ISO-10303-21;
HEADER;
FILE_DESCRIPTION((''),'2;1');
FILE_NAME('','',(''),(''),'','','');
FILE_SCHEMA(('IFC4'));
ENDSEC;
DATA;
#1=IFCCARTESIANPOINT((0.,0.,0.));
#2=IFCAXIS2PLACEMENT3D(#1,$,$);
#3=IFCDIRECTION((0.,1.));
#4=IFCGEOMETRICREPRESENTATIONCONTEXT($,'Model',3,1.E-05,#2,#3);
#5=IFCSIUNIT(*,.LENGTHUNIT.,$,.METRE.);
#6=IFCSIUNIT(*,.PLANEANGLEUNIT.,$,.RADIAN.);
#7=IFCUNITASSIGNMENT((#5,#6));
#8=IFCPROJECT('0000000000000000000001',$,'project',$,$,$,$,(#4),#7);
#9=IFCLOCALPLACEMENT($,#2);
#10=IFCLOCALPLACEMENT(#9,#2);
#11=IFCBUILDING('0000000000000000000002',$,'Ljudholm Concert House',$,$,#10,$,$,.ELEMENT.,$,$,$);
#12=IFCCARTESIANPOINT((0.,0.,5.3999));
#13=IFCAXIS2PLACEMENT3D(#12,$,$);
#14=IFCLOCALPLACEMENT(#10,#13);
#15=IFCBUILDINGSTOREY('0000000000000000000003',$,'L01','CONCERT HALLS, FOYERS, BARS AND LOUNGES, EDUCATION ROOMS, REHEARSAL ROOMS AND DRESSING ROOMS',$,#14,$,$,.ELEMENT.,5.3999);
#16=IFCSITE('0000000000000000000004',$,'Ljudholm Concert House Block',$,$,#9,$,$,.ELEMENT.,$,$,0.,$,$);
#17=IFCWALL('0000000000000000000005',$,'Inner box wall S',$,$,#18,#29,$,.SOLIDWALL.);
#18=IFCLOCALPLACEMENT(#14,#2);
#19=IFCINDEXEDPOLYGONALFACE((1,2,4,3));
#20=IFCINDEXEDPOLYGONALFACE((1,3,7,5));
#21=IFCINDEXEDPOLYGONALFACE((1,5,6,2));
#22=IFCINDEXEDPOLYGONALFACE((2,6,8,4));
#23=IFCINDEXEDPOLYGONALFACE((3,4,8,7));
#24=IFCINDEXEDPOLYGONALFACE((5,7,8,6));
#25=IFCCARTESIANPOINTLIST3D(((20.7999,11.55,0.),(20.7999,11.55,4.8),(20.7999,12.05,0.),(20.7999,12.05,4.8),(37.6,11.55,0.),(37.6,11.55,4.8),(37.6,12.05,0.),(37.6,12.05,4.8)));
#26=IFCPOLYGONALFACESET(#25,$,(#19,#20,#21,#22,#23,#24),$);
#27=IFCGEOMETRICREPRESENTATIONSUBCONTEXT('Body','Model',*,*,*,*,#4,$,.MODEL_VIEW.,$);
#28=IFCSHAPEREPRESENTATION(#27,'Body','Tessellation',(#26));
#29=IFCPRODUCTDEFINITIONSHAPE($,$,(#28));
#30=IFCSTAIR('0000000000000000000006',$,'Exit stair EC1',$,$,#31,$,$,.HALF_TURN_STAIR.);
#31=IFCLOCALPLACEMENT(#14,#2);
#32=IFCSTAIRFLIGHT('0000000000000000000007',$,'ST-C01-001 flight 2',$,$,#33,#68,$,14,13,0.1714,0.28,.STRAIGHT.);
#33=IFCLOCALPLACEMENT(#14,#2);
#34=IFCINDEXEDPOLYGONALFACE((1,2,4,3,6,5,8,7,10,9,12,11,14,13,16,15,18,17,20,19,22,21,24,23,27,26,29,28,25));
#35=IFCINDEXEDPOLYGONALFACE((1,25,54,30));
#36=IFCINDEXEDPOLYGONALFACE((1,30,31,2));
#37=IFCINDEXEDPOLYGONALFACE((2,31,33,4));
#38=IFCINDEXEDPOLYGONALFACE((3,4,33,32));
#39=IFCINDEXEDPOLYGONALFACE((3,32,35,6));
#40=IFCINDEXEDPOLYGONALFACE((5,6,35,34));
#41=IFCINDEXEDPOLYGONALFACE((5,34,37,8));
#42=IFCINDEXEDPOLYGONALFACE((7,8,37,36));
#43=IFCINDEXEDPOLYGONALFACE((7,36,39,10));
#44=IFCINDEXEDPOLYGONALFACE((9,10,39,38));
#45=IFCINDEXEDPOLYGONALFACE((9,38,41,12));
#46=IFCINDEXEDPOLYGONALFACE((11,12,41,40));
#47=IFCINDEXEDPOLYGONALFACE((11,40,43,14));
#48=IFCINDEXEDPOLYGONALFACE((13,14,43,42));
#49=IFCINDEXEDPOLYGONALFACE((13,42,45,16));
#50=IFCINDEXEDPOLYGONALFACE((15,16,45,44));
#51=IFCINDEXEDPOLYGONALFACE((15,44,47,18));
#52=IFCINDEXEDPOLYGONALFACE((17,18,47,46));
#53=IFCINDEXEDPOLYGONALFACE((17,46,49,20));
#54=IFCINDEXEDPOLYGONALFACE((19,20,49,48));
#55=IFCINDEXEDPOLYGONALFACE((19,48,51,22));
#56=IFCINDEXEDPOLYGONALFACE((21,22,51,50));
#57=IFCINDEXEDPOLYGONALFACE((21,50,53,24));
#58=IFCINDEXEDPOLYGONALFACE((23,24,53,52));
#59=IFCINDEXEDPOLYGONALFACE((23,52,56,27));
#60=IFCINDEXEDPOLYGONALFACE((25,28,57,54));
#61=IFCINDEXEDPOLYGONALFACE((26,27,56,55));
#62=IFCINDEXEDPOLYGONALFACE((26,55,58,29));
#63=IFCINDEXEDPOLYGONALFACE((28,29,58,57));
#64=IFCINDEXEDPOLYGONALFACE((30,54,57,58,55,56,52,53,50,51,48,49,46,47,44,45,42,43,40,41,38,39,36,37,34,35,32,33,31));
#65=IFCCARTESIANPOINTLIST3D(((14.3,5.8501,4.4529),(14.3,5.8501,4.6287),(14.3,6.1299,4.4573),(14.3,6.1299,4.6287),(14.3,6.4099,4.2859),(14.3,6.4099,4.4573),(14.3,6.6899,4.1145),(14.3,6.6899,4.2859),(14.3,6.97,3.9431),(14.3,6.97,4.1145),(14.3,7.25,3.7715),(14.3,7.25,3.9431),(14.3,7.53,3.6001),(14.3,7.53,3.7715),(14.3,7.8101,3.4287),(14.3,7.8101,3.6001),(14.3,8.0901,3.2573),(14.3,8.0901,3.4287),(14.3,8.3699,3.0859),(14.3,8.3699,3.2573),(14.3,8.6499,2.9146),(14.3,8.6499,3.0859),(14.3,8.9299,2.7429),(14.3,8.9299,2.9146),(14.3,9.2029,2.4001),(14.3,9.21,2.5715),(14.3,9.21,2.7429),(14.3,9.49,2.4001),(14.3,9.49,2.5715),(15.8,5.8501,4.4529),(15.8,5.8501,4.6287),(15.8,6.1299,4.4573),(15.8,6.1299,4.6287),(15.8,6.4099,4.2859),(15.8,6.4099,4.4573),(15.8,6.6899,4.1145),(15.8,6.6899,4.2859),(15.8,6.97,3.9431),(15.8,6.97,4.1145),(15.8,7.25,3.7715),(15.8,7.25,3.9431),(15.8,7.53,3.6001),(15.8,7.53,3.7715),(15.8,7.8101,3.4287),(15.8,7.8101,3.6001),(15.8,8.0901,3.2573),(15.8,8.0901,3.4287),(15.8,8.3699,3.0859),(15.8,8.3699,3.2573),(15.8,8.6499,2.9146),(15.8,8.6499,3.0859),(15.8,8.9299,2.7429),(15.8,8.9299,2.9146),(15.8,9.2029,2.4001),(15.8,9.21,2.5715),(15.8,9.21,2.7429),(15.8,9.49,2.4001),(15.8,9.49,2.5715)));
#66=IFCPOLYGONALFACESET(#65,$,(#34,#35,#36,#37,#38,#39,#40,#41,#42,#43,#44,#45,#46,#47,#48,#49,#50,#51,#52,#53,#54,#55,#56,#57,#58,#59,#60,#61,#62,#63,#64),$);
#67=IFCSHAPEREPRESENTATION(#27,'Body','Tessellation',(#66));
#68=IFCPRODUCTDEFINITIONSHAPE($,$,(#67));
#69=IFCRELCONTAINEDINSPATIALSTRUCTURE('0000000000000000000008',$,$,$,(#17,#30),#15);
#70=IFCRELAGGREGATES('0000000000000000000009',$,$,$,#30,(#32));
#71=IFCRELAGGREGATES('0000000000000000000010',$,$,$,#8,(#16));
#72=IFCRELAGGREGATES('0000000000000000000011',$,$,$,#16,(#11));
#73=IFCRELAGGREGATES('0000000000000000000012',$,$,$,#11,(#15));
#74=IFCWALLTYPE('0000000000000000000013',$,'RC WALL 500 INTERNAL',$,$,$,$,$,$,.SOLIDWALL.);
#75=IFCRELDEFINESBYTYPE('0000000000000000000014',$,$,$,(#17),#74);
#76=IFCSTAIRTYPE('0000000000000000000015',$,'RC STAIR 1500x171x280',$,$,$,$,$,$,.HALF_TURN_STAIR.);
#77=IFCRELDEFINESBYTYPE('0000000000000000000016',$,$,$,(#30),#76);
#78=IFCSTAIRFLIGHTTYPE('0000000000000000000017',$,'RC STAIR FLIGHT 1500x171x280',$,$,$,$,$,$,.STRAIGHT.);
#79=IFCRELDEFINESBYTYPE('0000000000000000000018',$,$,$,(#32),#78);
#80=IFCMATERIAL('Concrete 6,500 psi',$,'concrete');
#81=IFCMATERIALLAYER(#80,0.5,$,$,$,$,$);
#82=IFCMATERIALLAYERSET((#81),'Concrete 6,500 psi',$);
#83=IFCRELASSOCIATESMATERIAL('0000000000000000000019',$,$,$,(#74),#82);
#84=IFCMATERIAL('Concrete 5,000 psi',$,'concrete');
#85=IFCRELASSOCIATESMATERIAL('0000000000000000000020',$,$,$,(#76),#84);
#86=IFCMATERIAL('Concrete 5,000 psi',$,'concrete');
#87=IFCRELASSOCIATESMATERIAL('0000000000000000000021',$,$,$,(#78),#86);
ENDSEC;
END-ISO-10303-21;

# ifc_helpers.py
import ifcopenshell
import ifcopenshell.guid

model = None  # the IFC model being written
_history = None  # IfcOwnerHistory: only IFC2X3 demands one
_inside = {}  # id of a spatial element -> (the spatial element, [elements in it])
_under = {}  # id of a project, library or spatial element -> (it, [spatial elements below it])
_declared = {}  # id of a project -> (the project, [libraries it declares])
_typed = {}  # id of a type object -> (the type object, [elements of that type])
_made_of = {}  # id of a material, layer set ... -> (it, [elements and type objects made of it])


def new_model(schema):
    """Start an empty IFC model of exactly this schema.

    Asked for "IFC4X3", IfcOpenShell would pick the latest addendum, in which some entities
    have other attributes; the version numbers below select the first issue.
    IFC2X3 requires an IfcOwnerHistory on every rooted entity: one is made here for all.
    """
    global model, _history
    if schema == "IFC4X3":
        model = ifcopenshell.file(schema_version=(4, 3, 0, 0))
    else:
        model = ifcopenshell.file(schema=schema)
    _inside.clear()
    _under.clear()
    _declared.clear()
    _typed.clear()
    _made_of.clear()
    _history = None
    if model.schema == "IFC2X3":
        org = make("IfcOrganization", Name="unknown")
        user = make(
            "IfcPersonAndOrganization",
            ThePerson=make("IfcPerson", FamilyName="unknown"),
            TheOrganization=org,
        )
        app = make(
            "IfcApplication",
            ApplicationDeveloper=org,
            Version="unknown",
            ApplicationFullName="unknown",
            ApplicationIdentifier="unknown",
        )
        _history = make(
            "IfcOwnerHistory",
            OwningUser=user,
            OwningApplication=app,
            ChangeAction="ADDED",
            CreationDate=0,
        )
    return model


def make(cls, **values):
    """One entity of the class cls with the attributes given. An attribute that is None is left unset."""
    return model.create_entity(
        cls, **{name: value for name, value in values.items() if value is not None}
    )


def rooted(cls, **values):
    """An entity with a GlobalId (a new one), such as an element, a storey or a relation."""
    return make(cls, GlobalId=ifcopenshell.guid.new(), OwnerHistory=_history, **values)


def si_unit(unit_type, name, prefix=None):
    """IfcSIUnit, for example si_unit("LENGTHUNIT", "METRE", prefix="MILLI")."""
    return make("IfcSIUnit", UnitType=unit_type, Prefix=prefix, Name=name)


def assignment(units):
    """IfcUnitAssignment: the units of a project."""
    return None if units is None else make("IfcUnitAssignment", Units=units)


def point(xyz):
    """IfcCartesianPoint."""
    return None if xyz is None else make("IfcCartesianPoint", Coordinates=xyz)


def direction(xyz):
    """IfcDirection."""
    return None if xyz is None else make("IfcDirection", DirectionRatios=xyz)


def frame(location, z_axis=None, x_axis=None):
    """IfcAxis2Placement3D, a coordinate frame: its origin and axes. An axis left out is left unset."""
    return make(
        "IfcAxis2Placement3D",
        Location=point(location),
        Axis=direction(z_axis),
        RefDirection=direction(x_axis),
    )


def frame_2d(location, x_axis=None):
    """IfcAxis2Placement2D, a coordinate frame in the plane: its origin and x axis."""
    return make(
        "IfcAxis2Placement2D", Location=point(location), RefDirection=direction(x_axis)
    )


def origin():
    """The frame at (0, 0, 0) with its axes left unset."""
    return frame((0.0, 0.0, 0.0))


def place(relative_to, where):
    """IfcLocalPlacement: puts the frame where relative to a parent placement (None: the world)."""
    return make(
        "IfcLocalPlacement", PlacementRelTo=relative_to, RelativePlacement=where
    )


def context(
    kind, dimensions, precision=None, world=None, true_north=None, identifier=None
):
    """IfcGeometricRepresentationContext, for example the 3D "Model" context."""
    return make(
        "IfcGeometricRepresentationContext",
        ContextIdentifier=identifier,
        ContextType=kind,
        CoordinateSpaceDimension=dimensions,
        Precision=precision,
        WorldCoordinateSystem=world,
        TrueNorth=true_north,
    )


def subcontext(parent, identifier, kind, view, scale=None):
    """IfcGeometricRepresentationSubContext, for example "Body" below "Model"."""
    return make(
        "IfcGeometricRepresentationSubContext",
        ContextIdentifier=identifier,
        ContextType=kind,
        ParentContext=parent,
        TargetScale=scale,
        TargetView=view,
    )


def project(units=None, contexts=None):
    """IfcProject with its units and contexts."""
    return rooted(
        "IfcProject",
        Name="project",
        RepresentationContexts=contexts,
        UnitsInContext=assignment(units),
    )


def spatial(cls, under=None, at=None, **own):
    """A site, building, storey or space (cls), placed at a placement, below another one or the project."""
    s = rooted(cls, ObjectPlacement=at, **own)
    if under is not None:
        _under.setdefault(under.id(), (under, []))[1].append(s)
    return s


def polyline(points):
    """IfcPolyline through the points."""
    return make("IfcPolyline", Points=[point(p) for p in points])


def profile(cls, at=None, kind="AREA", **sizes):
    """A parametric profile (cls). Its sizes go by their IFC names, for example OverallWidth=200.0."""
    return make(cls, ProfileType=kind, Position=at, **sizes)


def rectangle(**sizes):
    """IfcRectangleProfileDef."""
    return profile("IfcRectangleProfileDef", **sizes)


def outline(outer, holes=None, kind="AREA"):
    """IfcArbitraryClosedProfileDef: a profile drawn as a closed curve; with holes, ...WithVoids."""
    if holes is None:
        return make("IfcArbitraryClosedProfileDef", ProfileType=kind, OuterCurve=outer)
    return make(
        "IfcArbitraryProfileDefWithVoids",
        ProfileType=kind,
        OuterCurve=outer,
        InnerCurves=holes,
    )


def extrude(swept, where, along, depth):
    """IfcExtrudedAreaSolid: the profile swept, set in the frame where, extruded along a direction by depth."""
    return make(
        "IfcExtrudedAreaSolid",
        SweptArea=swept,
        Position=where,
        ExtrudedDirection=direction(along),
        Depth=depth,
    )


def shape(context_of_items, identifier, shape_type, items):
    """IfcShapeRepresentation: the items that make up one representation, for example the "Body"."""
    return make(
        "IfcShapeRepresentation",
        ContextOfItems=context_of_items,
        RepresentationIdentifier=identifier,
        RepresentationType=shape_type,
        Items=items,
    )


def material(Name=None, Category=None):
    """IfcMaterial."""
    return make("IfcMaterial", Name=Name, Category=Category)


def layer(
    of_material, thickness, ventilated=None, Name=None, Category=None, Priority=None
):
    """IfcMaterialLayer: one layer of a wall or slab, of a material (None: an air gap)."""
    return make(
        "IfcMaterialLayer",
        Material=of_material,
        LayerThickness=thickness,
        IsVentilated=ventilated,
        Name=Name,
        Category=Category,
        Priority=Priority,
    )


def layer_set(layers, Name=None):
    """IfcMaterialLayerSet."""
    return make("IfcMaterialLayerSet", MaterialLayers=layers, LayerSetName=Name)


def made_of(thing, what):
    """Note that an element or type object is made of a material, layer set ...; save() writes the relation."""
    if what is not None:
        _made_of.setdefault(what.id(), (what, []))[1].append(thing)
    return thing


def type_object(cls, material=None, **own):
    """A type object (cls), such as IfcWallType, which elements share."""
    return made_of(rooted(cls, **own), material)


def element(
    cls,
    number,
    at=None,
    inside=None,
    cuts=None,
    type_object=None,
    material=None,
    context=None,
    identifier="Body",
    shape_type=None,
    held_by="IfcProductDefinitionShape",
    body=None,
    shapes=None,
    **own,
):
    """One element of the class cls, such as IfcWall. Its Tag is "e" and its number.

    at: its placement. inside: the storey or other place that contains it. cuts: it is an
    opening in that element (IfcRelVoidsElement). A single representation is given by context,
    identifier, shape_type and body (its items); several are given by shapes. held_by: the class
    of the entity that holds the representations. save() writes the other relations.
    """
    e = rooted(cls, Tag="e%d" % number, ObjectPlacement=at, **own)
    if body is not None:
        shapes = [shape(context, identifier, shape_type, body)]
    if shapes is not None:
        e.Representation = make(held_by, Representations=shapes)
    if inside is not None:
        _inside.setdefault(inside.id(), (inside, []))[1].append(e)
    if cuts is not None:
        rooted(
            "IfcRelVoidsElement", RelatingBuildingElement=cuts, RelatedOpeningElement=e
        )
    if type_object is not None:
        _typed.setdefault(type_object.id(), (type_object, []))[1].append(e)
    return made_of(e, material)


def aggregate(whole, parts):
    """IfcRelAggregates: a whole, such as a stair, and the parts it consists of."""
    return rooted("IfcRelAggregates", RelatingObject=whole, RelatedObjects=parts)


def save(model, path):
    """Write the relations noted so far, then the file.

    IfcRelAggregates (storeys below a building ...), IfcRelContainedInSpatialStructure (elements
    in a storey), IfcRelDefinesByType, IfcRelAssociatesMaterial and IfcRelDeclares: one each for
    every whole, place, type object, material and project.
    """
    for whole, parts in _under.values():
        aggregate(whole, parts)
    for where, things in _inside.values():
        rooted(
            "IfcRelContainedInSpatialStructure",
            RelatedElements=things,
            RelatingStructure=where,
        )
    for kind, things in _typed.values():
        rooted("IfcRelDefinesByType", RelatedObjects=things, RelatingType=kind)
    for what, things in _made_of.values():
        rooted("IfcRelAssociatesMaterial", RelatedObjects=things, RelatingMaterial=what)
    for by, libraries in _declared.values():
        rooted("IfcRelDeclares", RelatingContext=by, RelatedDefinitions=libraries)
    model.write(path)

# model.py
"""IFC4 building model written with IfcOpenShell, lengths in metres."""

from ifc_helpers import new_model, si_unit, direction, frame, frame_2d, origin, place, context, subcontext, project, spatial, polyline, rectangle, outline, extrude, material, layer, layer_set, type_object, element, aggregate, save


model = new_model("IFC4")

# Units and contexts
model_context = context("Model", 3, precision=1e-05, world=origin(), true_north=direction((0.0, 1.0)))
body_context = subcontext(model_context, "Body", "Model", "MODEL_VIEW")
ifc_project = project(units=[si_unit("LENGTHUNIT", "METRE"), si_unit("PLANEANGLEUNIT", "RADIAN")], contexts=[model_context])

# Site, building, storey
site_placement = place(None, origin())
site = spatial("IfcSite", under=ifc_project, at=site_placement, Name="Ljudholm Concert House Block", CompositionType="ELEMENT", RefElevation=0.0)
building_placement = place(site_placement, origin())
building = spatial("IfcBuilding", under=site, at=building_placement, Name="Ljudholm Concert House", CompositionType="ELEMENT")
storey_placement = place(building_placement, frame((0.0, 0.0, 5.3999)))
storey = spatial("IfcBuildingStorey", under=building, at=storey_placement, Name="L01", Description="CONCERT HALLS, FOYERS, BARS AND LOUNGES, EDUCATION ROOMS, REHEARSAL ROOMS AND DRESSING ROOMS", CompositionType="ELEMENT", Elevation=5.3999)

# Shared definitions
ifc_material_1 = material(Name="Concrete 6,500 psi", Category="concrete")
ifc_layer_1 = layer(ifc_material_1, 0.5)
ifc_layer_set_1 = layer_set([ifc_layer_1], Name="Concrete 6,500 psi")
wall_type_1 = type_object("IfcWallType", Name="RC WALL 500 INTERNAL", PredefinedType="SOLIDWALL", material=ifc_layer_set_1)

# Wall
wall_1_placement = place(storey_placement, frame((20.8, 11.8, 0.0), z_axis=(0.0, 0.0, 1.0), x_axis=(1.0, 0.0, 0.0)))
element("IfcWall", 1, at=wall_1_placement, inside=storey, type_object=wall_type_1, Name="Inner box wall S", PredefinedType="SOLIDWALL", context=body_context, shape_type="SweptSolid", body=[
    extrude(rectangle(XDim=16.8, YDim=0.5, at=frame_2d((8.3999, 0.0))), origin(), (0.0, 0.0, 1.0), 4.8),
])

# Stair, stair flight
ifc_material_2 = material(Name="Concrete 5,000 psi", Category="concrete")
stair_type = type_object("IfcStairType", Name="RC STAIR 1500x171x280", PredefinedType="HALF_TURN_STAIR", material=ifc_material_2)
stair_placement = place(storey_placement, origin())
stair = element("IfcStair", 2, at=stair_placement, inside=storey, type_object=stair_type, Name="Exit stair EC1", PredefinedType="HALF_TURN_STAIR")
ifc_material_3 = material(Name="Concrete 5,000 psi", Category="concrete")
stair_flight_type = type_object("IfcStairFlightType", Name="RC STAIR FLIGHT 1500x171x280", PredefinedType="STRAIGHT", material=ifc_material_3)
stair_flight_placement = place(storey_placement, frame((15.05, 9.49, 2.4001), z_axis=(0.0, 0.0, 1.0), x_axis=(0.0, -1.0, 0.0)))
stair_flight = element("IfcStairFlight", 3, at=stair_flight_placement, type_object=stair_flight_type, Name="ST-C01-001 flight 2", NumberOfRisers=14, NumberOfTreads=13, PredefinedType="STRAIGHT", RiserHeight=0.1714, TreadLength=0.28, context=body_context, shape_type="SweptSolid", body=[
    extrude(outline(polyline([(0.0, 0.0), (0.0, 0.1714), (0.28, 0.1714), (0.28, 0.3428), (0.5601, 0.3428), (0.5601, 0.5144), (0.8401, 0.5144), (0.8401, 0.6858), (1.1201, 0.6858), (1.1201, 0.8572), (1.3999, 0.8572), (1.3999, 1.0286), (1.6799, 1.0286), (1.6799, 1.2), (1.96, 1.2), (1.96, 1.3713), (2.24, 1.3713), (2.24, 1.543), (2.52, 1.543), (2.52, 1.7144), (2.8, 1.7144), (2.8, 1.8857), (3.0801, 1.8857), (3.0801, 2.0571), (3.3601, 2.0571), (3.3601, 2.2285), (3.6399, 2.2285), (3.6399, 2.3999), (3.6399, 2.0527), (0.2871, 0.0), (0.0, 0.0)])), frame((0.0, 0.75, 0.0), z_axis=(0.0, -1.0, 0.0), x_axis=(1.0, 0.0, 0.0)), (0.0, 0.0, 1.0), 1.5),
])
aggregate(stair, [stair_flight])

save(model, "model.ifc")
